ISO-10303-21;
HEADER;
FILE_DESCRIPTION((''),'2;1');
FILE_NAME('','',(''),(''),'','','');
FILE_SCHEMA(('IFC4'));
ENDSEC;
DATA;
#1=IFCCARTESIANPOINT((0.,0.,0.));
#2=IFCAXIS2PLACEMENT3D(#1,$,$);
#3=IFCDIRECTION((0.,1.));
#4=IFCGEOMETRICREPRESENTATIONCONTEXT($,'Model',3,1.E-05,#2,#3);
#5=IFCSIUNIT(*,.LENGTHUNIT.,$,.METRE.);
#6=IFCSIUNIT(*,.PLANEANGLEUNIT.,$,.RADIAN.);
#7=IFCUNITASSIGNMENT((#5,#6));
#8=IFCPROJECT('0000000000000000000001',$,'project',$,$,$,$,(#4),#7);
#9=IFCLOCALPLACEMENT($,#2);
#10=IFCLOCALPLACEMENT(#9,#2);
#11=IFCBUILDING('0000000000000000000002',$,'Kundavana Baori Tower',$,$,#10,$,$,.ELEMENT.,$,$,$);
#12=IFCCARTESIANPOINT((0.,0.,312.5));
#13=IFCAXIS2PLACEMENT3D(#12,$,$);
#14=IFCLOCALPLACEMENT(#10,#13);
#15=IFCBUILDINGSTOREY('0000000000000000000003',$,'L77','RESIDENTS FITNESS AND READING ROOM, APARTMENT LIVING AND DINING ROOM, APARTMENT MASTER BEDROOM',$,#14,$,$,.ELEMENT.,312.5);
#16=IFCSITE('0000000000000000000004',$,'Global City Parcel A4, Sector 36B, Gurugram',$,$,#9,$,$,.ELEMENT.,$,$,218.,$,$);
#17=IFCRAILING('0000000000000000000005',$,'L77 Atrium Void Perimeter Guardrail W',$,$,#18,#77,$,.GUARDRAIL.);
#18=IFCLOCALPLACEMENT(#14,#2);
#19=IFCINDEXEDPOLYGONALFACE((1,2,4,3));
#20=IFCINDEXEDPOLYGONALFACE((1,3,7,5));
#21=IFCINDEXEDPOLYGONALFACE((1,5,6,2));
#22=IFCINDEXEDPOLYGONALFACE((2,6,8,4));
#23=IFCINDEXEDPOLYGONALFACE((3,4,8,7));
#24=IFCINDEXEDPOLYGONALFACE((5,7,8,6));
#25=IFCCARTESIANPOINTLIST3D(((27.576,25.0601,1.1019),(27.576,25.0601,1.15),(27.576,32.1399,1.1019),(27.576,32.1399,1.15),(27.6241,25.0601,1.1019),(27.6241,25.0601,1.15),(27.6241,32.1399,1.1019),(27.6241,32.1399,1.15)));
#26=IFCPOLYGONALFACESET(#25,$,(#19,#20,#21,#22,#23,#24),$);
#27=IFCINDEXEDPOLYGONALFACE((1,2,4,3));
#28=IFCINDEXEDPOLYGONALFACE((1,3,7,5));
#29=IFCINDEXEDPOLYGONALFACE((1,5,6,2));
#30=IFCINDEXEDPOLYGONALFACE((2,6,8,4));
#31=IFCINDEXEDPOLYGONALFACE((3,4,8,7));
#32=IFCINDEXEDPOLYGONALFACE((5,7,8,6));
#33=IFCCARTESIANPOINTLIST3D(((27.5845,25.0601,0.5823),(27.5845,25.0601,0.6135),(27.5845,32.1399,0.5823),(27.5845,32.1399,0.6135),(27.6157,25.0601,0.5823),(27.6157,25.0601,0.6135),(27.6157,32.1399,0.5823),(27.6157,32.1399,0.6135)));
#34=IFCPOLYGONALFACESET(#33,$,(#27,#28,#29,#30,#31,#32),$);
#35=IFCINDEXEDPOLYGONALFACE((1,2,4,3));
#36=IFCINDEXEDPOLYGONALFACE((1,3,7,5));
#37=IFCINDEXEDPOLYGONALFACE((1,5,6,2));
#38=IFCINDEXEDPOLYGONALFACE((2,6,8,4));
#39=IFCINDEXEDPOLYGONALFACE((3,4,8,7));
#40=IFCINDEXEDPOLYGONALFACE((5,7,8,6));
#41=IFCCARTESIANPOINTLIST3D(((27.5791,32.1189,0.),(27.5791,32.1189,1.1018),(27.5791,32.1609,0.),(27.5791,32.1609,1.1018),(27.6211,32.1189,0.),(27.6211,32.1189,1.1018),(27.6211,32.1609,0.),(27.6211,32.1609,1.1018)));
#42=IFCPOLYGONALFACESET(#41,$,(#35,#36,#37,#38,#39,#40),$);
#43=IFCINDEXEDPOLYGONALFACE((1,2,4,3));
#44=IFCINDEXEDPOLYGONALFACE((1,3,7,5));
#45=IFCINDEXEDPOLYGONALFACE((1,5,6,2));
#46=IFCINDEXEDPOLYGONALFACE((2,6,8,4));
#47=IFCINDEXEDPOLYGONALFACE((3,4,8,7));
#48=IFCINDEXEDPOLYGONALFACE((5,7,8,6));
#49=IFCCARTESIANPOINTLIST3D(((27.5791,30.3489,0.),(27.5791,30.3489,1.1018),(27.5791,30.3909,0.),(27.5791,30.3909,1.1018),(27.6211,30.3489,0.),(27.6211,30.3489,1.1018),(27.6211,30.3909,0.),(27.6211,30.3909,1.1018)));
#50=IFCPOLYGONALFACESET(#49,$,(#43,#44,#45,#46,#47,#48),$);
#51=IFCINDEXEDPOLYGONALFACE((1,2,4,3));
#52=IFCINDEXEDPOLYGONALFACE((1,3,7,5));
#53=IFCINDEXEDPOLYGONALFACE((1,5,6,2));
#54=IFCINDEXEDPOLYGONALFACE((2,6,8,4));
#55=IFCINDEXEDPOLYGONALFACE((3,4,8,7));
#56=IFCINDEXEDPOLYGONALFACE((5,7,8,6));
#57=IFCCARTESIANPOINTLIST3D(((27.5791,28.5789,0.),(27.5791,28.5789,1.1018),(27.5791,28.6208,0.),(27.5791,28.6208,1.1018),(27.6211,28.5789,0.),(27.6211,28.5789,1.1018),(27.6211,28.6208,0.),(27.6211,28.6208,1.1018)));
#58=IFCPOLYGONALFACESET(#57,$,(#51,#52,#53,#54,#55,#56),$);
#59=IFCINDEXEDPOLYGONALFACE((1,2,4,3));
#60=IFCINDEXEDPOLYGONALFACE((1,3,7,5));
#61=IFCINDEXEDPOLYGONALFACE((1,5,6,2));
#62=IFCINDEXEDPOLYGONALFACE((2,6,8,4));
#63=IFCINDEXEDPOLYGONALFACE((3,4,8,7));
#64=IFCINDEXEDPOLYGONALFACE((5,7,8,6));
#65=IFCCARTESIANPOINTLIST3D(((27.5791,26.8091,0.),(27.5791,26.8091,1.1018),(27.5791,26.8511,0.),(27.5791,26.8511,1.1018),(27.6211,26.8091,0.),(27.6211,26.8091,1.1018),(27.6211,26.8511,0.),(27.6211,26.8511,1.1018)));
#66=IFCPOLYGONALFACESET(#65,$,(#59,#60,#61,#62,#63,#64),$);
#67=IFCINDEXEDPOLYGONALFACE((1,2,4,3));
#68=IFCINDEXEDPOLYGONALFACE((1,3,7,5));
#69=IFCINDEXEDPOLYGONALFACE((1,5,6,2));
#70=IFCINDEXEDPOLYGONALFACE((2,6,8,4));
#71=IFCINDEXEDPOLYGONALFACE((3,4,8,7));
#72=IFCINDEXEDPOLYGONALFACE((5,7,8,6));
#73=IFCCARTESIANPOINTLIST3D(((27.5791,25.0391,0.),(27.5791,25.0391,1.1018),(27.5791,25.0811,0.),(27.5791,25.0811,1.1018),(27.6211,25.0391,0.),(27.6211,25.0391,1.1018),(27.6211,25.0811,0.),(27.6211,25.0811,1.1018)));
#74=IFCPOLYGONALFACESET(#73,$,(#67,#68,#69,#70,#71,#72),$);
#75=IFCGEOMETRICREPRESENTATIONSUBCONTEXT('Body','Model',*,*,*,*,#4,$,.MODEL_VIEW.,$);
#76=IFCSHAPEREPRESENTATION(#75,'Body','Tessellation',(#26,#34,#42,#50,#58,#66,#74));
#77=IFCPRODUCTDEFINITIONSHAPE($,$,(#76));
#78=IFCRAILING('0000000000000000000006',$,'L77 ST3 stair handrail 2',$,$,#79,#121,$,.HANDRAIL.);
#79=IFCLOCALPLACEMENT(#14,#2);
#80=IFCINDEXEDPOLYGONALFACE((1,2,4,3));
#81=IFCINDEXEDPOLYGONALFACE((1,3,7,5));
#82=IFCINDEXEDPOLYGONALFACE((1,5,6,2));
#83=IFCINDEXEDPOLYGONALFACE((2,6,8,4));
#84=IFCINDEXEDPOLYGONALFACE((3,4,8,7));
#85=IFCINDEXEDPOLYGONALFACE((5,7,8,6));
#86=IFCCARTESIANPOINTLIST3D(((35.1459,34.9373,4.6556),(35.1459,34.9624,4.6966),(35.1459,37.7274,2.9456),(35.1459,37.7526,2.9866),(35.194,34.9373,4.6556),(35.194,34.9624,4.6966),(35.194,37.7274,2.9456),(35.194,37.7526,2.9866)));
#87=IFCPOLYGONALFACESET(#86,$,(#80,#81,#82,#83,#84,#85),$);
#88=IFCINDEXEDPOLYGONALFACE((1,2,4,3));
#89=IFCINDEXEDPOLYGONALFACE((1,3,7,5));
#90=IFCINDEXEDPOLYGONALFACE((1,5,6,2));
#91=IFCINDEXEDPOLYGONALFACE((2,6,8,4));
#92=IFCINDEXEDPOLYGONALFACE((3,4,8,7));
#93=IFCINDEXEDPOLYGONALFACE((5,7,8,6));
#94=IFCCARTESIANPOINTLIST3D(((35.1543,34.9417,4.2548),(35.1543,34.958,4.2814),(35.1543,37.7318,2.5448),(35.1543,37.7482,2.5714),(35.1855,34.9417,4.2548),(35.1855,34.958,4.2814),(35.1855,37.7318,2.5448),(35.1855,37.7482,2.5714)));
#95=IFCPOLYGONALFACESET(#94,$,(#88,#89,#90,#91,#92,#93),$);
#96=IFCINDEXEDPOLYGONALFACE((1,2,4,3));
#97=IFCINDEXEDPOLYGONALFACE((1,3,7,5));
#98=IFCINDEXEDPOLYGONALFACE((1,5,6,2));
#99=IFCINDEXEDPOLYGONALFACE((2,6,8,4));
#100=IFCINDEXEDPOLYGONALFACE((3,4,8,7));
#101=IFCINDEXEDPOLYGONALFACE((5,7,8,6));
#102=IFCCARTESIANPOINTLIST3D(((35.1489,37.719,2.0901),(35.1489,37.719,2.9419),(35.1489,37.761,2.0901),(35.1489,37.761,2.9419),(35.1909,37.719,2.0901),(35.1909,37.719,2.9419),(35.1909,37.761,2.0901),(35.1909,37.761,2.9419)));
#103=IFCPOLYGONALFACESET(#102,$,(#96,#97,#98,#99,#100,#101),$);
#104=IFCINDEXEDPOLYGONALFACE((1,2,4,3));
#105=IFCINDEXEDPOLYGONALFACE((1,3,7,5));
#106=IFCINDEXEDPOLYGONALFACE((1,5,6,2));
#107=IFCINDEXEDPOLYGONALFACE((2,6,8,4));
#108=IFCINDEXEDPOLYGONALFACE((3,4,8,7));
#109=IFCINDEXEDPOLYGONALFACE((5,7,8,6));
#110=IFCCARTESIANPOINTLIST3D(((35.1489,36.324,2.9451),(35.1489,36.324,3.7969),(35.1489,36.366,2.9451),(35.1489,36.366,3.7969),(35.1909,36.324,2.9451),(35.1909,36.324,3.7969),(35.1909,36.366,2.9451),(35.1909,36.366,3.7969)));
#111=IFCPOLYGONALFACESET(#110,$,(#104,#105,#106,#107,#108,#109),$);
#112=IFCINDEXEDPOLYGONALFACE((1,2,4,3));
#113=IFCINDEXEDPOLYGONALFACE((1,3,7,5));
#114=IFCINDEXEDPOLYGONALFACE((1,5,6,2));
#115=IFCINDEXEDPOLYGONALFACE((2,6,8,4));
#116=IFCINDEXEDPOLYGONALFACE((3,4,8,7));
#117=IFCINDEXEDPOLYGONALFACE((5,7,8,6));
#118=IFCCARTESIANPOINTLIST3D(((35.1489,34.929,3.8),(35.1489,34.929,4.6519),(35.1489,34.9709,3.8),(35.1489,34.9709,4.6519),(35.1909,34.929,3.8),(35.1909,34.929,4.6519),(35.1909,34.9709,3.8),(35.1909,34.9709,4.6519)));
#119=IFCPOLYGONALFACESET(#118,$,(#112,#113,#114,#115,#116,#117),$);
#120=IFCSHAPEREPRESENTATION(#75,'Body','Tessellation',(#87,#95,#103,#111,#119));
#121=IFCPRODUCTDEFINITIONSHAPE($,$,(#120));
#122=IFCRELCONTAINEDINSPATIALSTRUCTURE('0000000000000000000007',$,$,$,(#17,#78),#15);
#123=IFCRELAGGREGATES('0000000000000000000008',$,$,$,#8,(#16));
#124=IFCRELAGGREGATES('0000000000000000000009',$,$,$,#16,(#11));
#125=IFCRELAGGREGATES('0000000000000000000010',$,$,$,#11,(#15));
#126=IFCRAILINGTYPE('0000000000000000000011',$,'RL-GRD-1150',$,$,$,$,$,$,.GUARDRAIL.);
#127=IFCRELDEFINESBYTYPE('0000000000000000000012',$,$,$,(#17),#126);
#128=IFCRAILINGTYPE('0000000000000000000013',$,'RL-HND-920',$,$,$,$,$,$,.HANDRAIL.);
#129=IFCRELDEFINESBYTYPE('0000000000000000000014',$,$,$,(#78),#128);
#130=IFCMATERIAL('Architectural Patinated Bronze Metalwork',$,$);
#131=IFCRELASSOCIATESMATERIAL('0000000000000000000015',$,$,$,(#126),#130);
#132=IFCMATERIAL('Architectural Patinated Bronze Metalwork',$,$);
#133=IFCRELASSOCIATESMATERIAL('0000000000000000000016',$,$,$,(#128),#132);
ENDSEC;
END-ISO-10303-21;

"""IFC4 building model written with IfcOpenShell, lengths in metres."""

from ifc_helpers import new_model, si_unit, direction, frame, origin, origin_2d, place, context, subcontext, project, spatial, rectangle, extrude, material, type_object, element, save


model = new_model("IFC4")

# Units and contexts
model_context = context("Model", 3, precision=1e-05, world=origin(), true_north=direction((0.0, 1.0)))
body_context = subcontext(model_context, "Body", "Model", "MODEL_VIEW")
ifc_project = project(units=[si_unit("LENGTHUNIT", "METRE"), si_unit("PLANEANGLEUNIT", "RADIAN")], contexts=[model_context])

# Site, building, storey
site_placement = place(None, origin())
site = spatial("IfcSite", under=ifc_project, at=site_placement, Name="Global City Parcel A4, Sector 36B, Gurugram", CompositionType="ELEMENT", RefElevation=218.0)
building_placement = place(site_placement, origin())
building = spatial("IfcBuilding", under=site, at=building_placement, Name="Kundavana Baori Tower", CompositionType="ELEMENT")
storey_placement = place(building_placement, frame((0.0, 0.0, 312.5)))
storey = spatial("IfcBuildingStorey", under=building, at=storey_placement, Name="L77", Description="RESIDENTS FITNESS AND READING ROOM, APARTMENT LIVING AND DINING ROOM, APARTMENT MASTER BEDROOM", CompositionType="ELEMENT", Elevation=312.5)

# Railings
ifc_material_1 = material(Name="Architectural Patinated Bronze Metalwork")
railing_type_1 = type_object("IfcRailingType", Name="RL-GRD-1150", PredefinedType="GUARDRAIL", material=ifc_material_1)
railing_1_placement = place(storey_placement, frame((27.6001, 32.1399, 0.0)))
element("IfcRailing", 1, at=railing_1_placement, inside=storey, type_object=railing_type_1, Name="L77 Atrium Void Perimeter Guardrail W", PredefinedType="GUARDRAIL", context=body_context, shape_type="SweptSolid", body=[
    extrude(rectangle(XDim=0.0481, YDim=0.0481, at=origin_2d()), frame((0.0, 0.0, 1.126), z_axis=(0.0, -1.0, 0.0), x_axis=(1.0, 0.0, 0.0)), (0.0, 0.0, 1.0), 7.0798),
    extrude(rectangle(XDim=0.0312, YDim=0.0312, at=origin_2d()), frame((0.0, 0.0, 0.5979), z_axis=(0.0, -1.0, 0.0), x_axis=(1.0, 0.0, 0.0)), (0.0, 0.0, 1.0), 7.0798),
    extrude(rectangle(XDim=0.042, YDim=0.042, at=origin_2d()), origin(), (0.0, 0.0, 1.0), 1.1018),
    extrude(rectangle(XDim=0.042, YDim=0.042, at=origin_2d()), frame((0.0, -1.77, 0.0)), (0.0, 0.0, 1.0), 1.1018),
    extrude(rectangle(XDim=0.042, YDim=0.042, at=origin_2d()), frame((0.0, -3.54, 0.0)), (0.0, 0.0, 1.0), 1.1018),
    extrude(rectangle(XDim=0.042, YDim=0.042, at=origin_2d()), frame((0.0, -5.3098, 0.0)), (0.0, 0.0, 1.0), 1.1018),
    extrude(rectangle(XDim=0.042, YDim=0.042, at=origin_2d()), frame((0.0, -7.0798, 0.0)), (0.0, 0.0, 1.0), 1.1018),
])
ifc_material_2 = material(Name="Architectural Patinated Bronze Metalwork")
railing_type_2 = type_object("IfcRailingType", Name="RL-HND-920", PredefinedType="HANDRAIL", material=ifc_material_2)
railing_2_placement = place(storey_placement, frame((35.1699, 37.74, 2.0901)))
element("IfcRailing", 2, at=railing_2_placement, inside=storey, type_object=railing_type_2, Name="L77 ST3 stair handrail 2", PredefinedType="HANDRAIL", context=body_context, shape_type="SweptSolid", body=[
    extrude(rectangle(XDim=0.0481, YDim=0.0481, at=origin_2d()), frame((0.0, 0.0, 0.876), z_axis=(0.0, -0.85261, 0.522548), x_axis=(1.0, 0.0, 0.0)), (0.0, 0.0, 1.0), 3.2725),
    extrude(rectangle(XDim=0.0312, YDim=0.0312, at=origin_2d()), frame((0.0, 0.0, 0.468), z_axis=(0.0, -0.85261, 0.522548), x_axis=(1.0, 0.0, 0.0)), (0.0, 0.0, 1.0), 3.2725),
    extrude(rectangle(XDim=0.042, YDim=0.042, at=origin_2d()), origin(), (0.0, 0.0, 1.0), 0.8518),
    extrude(rectangle(XDim=0.042, YDim=0.042, at=origin_2d()), frame((0.0, -1.395, 0.855)), (0.0, 0.0, 1.0), 0.8518),
    extrude(rectangle(XDim=0.042, YDim=0.042, at=origin_2d()), frame((0.0, -2.79, 1.71)), (0.0, 0.0, 1.0), 0.8518),
])

save(model, "model.ifc")
